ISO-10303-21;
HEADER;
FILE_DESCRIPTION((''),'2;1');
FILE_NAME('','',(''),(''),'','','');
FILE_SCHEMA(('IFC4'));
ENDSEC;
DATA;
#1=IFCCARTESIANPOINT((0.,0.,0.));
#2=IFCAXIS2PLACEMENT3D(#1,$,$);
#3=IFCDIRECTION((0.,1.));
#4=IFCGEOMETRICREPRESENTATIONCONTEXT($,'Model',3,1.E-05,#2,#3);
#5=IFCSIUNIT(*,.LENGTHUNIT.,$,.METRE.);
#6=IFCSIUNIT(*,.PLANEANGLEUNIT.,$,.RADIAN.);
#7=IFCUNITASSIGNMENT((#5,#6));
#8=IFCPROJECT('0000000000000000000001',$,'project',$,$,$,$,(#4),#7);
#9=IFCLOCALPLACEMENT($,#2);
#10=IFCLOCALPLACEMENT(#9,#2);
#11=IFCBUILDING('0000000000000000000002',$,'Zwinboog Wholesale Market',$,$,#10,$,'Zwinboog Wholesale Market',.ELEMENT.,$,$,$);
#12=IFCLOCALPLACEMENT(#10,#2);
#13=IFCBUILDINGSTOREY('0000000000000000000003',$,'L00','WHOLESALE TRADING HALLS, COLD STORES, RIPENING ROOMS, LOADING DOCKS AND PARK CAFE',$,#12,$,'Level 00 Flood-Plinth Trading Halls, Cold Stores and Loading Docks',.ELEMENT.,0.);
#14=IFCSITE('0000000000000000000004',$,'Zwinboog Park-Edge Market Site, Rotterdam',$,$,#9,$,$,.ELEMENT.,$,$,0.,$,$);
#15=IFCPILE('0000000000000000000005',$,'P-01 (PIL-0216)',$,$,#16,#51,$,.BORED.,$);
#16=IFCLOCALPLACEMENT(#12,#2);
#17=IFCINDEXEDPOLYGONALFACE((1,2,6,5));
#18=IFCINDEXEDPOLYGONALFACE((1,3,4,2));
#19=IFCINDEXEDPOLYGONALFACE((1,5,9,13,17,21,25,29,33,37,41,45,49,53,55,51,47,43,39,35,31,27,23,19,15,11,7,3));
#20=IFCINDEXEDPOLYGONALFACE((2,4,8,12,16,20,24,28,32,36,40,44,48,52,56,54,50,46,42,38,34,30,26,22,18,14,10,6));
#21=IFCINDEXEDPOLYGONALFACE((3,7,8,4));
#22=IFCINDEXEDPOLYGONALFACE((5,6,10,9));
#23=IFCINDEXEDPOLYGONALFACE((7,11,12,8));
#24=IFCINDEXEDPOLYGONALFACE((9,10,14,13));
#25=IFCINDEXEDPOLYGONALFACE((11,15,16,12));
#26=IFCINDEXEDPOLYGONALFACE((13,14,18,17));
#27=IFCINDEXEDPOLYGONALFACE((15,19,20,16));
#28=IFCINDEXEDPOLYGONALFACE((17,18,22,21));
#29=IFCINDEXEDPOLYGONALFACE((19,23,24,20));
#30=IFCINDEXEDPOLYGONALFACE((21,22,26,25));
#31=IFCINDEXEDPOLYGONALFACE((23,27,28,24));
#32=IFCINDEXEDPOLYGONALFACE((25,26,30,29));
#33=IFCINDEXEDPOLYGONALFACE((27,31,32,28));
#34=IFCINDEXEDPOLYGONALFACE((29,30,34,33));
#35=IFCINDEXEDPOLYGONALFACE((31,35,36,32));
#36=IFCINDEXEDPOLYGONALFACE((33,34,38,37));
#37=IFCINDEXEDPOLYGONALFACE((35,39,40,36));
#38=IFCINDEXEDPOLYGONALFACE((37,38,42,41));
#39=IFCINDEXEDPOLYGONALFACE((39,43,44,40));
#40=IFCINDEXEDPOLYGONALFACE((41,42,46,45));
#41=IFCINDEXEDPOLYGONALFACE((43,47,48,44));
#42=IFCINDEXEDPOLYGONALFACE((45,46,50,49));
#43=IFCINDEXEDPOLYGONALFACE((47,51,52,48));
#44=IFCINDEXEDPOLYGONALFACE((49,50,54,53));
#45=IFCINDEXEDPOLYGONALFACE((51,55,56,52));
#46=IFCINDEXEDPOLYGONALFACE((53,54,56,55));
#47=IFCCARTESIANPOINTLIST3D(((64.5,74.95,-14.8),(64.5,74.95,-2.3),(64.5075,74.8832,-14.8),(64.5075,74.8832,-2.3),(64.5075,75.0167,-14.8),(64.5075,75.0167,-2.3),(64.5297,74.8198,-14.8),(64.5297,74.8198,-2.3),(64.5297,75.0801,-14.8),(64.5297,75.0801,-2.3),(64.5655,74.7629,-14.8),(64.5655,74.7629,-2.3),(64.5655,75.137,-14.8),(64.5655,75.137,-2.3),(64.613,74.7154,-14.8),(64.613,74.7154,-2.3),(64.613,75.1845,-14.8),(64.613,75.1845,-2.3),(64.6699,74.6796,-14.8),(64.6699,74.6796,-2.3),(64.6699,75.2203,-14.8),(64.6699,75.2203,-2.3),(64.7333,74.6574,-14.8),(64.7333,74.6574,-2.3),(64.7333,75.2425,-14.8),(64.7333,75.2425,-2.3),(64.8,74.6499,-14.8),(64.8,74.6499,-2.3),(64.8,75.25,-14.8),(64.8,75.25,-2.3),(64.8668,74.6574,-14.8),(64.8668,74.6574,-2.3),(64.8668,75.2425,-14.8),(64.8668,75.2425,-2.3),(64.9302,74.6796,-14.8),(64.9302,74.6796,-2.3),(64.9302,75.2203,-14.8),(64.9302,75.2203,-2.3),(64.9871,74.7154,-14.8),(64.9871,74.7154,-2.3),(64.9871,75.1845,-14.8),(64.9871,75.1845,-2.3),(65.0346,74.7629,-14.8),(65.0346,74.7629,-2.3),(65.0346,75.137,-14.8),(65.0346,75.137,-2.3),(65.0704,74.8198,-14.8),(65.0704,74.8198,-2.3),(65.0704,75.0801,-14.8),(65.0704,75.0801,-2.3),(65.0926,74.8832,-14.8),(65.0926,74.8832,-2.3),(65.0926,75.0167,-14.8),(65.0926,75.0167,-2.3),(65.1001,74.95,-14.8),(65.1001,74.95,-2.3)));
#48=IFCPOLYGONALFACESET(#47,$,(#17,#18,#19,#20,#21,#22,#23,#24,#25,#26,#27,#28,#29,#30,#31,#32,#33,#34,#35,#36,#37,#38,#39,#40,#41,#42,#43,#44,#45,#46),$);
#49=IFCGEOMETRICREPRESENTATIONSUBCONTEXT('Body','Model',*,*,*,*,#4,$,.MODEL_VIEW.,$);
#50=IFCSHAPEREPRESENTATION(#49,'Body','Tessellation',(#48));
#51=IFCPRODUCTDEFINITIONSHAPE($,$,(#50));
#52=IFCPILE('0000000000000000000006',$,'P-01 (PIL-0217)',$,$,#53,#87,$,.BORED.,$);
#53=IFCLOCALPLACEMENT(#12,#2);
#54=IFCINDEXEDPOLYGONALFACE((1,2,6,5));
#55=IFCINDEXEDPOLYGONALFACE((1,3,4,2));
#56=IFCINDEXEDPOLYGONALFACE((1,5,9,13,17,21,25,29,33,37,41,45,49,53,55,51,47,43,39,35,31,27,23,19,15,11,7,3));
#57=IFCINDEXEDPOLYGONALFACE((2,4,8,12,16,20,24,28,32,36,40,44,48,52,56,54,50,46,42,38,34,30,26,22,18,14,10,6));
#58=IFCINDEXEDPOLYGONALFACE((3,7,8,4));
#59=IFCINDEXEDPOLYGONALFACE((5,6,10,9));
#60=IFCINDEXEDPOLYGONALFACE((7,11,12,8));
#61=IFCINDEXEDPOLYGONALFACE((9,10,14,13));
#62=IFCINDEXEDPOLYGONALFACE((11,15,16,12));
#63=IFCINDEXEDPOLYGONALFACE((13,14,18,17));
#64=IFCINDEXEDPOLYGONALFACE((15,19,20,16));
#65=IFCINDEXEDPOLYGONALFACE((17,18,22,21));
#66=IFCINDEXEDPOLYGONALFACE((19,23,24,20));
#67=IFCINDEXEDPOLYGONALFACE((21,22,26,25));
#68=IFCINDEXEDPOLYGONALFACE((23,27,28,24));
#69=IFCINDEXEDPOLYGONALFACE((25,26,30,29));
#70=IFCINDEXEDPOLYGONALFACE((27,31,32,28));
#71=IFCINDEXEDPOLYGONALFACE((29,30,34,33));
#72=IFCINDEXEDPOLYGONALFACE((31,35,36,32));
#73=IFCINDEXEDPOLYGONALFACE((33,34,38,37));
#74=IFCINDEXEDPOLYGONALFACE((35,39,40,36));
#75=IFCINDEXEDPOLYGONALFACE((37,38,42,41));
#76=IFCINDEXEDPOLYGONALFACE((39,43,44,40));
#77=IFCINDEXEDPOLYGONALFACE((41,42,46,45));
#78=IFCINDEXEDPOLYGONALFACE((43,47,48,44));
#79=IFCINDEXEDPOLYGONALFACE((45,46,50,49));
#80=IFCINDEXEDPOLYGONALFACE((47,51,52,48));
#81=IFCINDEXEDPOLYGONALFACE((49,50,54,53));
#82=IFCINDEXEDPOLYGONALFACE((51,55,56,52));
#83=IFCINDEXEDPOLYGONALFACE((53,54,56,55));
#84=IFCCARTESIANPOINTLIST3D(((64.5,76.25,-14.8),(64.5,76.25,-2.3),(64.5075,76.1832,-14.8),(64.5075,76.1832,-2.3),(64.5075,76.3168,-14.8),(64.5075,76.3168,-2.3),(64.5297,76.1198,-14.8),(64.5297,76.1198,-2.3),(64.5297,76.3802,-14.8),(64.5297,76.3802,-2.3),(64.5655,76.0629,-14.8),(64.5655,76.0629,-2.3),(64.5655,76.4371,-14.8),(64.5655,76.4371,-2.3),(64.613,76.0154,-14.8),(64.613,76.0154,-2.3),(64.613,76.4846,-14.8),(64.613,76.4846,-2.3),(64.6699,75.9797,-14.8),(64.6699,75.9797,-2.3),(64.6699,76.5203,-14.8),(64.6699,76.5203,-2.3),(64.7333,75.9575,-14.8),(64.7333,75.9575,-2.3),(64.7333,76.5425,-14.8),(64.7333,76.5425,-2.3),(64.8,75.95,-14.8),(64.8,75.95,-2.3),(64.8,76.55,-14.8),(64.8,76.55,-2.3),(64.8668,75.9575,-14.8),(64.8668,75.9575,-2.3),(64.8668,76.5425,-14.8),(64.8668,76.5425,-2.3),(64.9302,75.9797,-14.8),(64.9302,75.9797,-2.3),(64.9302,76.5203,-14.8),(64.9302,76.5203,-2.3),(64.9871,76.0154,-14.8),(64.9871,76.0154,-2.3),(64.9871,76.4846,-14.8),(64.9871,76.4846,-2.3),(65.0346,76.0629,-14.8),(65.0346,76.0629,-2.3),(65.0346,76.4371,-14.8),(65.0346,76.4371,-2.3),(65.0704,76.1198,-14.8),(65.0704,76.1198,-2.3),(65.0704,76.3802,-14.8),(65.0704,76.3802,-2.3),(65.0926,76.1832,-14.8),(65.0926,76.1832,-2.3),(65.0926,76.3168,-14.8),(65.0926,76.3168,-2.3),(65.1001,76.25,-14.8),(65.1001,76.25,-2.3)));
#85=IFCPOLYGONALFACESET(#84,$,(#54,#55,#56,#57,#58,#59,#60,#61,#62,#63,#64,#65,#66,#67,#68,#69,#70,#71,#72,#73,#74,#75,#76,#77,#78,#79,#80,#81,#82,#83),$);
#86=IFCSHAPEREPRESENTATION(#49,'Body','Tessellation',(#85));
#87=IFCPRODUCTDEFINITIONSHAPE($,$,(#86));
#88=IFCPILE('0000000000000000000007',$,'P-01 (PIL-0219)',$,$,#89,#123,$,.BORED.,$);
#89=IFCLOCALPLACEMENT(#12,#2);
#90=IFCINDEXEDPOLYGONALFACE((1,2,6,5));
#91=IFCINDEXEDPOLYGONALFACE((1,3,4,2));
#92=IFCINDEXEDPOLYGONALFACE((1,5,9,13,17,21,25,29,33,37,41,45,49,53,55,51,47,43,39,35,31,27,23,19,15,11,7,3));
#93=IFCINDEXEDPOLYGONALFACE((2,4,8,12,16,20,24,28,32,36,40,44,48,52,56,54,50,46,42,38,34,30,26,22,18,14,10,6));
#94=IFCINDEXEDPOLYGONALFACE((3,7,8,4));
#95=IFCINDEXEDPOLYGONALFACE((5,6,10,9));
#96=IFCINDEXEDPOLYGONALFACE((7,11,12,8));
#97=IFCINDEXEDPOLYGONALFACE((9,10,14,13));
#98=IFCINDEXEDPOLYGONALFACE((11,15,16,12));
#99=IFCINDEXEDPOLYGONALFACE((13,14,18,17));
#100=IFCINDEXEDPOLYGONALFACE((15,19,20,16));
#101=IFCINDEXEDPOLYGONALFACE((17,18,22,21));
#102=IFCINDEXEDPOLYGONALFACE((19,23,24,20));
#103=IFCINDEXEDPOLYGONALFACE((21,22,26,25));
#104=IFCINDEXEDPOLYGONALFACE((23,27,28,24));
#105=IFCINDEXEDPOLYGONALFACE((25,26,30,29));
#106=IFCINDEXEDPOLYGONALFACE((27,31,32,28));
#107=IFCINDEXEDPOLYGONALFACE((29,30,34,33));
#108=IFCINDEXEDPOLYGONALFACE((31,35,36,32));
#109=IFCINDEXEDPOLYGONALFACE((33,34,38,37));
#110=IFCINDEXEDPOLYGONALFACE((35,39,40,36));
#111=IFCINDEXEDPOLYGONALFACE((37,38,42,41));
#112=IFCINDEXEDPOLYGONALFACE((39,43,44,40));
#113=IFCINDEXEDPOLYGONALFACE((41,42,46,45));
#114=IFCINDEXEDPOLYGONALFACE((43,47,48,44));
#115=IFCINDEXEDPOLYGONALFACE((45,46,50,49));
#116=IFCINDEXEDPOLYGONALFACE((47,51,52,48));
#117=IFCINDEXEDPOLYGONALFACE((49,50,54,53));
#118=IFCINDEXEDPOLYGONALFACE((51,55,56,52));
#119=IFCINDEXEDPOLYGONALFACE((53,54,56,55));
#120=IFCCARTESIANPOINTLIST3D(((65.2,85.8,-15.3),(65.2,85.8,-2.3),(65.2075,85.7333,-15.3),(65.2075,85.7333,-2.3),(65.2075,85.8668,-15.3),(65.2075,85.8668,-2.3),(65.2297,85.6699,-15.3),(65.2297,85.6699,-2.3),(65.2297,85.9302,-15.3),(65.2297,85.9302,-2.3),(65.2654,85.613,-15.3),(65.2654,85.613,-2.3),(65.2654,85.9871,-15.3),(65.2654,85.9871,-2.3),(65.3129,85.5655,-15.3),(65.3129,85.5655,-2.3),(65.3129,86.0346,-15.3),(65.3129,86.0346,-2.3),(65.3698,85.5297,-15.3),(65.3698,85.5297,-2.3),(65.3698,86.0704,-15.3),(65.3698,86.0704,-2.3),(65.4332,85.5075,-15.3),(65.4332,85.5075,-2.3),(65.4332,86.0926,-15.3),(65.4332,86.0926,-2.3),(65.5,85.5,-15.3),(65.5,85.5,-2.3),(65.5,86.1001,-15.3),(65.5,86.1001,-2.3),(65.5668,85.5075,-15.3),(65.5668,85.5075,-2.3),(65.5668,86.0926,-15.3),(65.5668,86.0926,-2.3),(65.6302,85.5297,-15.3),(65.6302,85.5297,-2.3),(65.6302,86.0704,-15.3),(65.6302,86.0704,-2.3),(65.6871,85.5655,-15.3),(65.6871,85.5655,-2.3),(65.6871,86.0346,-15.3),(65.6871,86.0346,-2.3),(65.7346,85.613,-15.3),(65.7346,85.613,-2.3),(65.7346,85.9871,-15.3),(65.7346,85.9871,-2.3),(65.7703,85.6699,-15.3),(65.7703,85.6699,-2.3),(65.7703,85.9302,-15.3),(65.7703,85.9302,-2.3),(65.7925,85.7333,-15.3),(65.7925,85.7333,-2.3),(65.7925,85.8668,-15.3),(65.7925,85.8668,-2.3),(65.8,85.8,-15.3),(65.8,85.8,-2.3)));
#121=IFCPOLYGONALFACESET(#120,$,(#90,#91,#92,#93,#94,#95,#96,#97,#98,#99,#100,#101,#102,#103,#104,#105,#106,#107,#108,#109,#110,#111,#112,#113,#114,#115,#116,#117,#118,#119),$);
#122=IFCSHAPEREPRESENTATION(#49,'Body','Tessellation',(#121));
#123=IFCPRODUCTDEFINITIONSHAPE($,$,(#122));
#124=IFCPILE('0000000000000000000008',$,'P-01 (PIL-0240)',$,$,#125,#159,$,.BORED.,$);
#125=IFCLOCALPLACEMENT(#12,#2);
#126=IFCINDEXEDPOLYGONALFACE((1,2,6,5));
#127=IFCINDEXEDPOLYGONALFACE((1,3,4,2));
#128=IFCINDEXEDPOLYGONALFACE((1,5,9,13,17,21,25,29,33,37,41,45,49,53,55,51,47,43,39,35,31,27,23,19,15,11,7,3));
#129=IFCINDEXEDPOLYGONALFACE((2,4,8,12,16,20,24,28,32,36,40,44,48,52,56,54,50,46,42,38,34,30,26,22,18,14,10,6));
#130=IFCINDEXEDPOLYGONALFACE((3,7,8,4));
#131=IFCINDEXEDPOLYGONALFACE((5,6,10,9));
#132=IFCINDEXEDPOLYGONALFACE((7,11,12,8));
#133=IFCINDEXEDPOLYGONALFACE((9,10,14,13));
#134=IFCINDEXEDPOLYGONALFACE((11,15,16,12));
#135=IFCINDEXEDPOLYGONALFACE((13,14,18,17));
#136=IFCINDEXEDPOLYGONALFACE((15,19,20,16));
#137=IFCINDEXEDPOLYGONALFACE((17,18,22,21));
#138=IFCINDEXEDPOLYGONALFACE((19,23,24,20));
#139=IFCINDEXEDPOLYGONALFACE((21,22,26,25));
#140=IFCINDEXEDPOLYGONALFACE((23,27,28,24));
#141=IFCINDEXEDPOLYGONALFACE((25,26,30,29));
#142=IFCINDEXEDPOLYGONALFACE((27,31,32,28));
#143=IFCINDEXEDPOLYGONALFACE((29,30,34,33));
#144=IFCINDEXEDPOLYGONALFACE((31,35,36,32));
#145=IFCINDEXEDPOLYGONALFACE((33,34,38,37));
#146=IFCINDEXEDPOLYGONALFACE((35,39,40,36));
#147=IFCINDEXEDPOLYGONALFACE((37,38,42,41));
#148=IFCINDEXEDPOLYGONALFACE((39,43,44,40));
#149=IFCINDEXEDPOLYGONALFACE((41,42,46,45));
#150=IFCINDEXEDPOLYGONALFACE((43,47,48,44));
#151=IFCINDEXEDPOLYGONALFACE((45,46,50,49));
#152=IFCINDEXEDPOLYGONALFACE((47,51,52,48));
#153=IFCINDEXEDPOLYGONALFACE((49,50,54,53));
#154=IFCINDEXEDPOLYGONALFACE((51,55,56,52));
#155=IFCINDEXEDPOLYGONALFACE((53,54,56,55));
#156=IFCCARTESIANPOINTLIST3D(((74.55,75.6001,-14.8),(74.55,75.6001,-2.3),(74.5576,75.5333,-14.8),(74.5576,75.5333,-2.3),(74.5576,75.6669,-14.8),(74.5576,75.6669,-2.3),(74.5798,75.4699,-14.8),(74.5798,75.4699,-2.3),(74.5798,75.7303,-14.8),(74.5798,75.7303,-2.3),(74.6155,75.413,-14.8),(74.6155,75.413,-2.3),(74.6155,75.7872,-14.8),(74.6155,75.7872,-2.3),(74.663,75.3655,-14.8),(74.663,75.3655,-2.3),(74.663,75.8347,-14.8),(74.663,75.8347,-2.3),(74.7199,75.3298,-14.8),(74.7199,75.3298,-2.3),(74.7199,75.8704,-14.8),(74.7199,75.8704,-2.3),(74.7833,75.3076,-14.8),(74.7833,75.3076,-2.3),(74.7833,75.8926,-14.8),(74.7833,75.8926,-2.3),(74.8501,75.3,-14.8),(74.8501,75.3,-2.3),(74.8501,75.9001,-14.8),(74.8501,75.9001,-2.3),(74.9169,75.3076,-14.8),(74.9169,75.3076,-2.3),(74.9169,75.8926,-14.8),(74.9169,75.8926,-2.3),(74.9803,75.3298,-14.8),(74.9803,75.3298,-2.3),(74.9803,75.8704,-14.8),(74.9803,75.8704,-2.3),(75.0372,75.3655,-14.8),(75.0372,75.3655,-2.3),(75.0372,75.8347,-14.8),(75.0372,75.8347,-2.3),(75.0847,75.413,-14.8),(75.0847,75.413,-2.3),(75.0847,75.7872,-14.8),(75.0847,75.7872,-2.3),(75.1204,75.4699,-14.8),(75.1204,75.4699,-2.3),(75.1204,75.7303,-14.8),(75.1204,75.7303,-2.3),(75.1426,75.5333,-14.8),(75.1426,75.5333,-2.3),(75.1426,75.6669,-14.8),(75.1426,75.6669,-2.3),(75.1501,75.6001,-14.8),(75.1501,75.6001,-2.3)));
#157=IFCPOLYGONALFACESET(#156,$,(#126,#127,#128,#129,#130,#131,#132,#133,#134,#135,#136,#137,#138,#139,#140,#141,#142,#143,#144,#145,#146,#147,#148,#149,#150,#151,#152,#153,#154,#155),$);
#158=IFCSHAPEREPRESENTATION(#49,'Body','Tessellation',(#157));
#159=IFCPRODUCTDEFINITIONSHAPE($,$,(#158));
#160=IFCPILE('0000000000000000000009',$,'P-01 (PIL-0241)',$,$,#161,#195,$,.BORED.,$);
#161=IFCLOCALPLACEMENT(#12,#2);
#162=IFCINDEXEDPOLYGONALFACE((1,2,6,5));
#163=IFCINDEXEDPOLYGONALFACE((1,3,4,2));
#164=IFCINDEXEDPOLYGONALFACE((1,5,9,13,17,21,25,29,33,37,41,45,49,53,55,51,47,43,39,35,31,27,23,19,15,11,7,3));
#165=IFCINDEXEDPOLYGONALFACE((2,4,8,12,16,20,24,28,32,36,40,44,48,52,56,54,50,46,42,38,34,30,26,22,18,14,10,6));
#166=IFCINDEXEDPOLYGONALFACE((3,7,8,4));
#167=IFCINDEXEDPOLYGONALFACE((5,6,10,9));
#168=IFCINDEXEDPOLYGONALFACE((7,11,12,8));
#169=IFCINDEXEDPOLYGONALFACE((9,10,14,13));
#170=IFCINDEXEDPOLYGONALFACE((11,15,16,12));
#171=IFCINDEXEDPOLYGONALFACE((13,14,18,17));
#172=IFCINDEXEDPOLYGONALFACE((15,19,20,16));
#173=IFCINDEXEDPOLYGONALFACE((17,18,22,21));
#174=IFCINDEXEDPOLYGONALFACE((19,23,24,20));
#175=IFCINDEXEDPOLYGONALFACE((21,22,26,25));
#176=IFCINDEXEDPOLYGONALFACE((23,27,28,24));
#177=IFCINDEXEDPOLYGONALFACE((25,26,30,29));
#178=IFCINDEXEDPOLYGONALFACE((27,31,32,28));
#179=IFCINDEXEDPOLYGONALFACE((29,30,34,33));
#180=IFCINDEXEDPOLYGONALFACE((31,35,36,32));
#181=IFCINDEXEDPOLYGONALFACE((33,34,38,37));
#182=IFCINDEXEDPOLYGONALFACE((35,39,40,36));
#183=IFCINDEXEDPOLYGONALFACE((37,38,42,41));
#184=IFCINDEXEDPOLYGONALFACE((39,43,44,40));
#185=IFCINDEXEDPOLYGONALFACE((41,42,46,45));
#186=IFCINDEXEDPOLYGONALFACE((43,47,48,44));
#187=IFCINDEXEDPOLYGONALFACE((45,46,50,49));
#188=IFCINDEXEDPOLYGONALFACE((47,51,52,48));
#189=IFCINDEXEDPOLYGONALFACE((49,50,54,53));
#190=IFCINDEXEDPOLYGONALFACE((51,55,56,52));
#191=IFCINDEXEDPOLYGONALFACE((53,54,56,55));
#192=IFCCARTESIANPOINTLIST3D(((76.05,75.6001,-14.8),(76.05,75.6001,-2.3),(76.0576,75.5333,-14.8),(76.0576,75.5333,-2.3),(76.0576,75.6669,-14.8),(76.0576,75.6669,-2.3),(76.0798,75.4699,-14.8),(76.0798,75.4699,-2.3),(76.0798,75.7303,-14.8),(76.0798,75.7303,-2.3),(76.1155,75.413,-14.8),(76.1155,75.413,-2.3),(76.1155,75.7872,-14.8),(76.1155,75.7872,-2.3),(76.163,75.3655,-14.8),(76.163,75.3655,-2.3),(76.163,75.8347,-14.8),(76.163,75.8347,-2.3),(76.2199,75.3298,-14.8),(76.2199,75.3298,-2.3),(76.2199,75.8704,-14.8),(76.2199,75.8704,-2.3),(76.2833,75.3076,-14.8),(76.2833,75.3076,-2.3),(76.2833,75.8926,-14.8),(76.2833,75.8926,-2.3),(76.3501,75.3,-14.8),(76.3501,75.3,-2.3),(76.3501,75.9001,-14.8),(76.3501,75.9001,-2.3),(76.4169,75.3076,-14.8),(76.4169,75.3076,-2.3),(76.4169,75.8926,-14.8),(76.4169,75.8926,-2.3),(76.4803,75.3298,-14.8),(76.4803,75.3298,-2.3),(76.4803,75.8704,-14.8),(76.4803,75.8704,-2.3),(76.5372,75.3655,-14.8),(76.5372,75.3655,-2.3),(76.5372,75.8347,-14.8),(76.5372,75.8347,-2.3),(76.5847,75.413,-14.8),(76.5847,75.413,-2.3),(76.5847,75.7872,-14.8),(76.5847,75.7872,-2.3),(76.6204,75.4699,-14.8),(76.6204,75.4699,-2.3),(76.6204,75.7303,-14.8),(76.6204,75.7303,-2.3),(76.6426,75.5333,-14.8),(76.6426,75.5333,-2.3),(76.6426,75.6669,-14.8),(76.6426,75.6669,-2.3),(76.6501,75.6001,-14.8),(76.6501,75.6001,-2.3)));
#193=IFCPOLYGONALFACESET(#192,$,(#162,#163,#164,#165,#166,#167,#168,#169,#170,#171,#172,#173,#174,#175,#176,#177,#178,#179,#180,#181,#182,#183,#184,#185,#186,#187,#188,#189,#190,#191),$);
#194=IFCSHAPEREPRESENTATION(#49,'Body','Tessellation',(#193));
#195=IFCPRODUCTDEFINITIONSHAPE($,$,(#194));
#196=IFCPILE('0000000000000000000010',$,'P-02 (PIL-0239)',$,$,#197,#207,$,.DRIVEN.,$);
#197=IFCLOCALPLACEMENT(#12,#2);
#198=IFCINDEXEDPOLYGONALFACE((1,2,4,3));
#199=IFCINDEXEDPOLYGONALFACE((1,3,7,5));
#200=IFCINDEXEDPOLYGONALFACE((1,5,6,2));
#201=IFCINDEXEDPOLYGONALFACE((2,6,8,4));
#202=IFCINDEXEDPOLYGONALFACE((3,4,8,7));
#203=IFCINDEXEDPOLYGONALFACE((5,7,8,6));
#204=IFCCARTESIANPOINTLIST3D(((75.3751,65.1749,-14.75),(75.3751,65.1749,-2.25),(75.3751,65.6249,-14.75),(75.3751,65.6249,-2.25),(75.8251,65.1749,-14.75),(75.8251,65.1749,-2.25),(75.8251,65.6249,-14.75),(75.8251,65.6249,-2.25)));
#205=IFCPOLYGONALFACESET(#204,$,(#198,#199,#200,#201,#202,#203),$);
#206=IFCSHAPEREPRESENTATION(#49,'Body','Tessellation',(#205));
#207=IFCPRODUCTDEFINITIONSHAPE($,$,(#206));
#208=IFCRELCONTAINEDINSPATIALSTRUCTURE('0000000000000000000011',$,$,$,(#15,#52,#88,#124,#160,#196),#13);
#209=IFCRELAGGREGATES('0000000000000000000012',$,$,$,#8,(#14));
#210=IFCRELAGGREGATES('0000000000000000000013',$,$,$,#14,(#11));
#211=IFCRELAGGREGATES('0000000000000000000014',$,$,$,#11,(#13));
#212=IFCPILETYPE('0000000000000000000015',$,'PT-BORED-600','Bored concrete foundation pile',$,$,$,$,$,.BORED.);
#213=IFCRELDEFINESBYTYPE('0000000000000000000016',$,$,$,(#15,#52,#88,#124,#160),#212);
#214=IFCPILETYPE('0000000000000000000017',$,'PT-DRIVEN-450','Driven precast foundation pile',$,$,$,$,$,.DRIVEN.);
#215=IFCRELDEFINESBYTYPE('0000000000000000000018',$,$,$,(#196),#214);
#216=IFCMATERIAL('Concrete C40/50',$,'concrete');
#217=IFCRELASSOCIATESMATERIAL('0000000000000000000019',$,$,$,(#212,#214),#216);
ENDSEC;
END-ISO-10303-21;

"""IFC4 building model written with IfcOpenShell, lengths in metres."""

from ifc_helpers import new_model, si_unit, direction, frame, origin, origin_2d, place, context, subcontext, project, spatial, rectangle, circle, extrude, material, material_profile, profile_set, type_object, element, save


model = new_model("IFC4")

# Units and contexts
model_context = context("Model", 3, precision=1e-05, world=origin(), true_north=direction((0.0, 1.0)))
body_context = subcontext(model_context, "Body", "Model", "MODEL_VIEW")
ifc_project = project(units=[si_unit("LENGTHUNIT", "METRE"), si_unit("PLANEANGLEUNIT", "RADIAN")], contexts=[model_context])

# Site, building, storey
site_placement = place(None, origin())
site = spatial("IfcSite", under=ifc_project, at=site_placement, Name="Zwinboog Park-Edge Market Site, Rotterdam", CompositionType="ELEMENT", RefElevation=0.0)
building_placement = place(site_placement, origin())
building = spatial("IfcBuilding", under=site, at=building_placement, Name="Zwinboog Wholesale Market", LongName="Zwinboog Wholesale Market", CompositionType="ELEMENT")
storey_placement = place(building_placement, origin())
storey = spatial("IfcBuildingStorey", under=building, at=storey_placement, Name="L00", Description="WHOLESALE TRADING HALLS, COLD STORES, RIPENING ROOMS, LOADING DOCKS AND PARK CAFE", LongName="Level 00 Flood-Plinth Trading Halls, Cold Stores and Loading Docks", CompositionType="ELEMENT", Elevation=0.0)

# Piles
ifc_material_1 = material(Name="Concrete C40/50", Category="concrete")
ifc_material_profile_1 = material_profile(ifc_material_1, circle(Radius=0.3, at=origin_2d()), Name="PILE D600")
ifc_profile_set_1 = profile_set([ifc_material_profile_1], Name="Concrete C40/50")
pile_type_1 = type_object("IfcPileType", Name="PT-BORED-600", Description="Bored concrete foundation pile", PredefinedType="BORED", material=ifc_profile_set_1)
for number, where, z_axis, x_axis, name in (
    (1, (64.8, 74.95, -2.3), (0.0, 0.0, -1.0), (1.0, 0.0, 0.0), "P-01 (PIL-0216)"),
    (2, (64.8, 76.25, -2.3), (0.0, 0.0, -1.0), (1.0, 0.0, 0.0), "P-01 (PIL-0217)"),
):
    element("IfcPile", number, at=place(storey_placement, frame(where, z_axis=z_axis, x_axis=x_axis)), inside=storey, type_object=pile_type_1, Name=name, PredefinedType="BORED", context=body_context, shape_type="SweptSolid", body=[
        extrude(circle(Radius=0.3, at=origin_2d()), origin(), (0.0, 0.0, 1.0), 12.5),
    ])
pile_1_placement = place(storey_placement, frame((65.5, 85.8, -2.3), z_axis=(0.0, 0.0, -1.0), x_axis=(1.0, 0.0, 0.0)))
element("IfcPile", 3, at=pile_1_placement, inside=storey, type_object=pile_type_1, Name="P-01 (PIL-0219)", PredefinedType="BORED", context=body_context, shape_type="SweptSolid", body=[
    extrude(circle(Radius=0.3, at=origin_2d()), origin(), (0.0, 0.0, 1.0), 13.0),
])
for number, where, z_axis, x_axis, name in (
    (4, (74.8501, 75.6001, -2.3), (0.0, 0.0, -1.0), (1.0, 0.0, 0.0), "P-01 (PIL-0240)"),
    (5, (76.3501, 75.6001, -2.3), (0.0, 0.0, -1.0), (1.0, 0.0, 0.0), "P-01 (PIL-0241)"),
):
    element("IfcPile", number, at=place(storey_placement, frame(where, z_axis=z_axis, x_axis=x_axis)), inside=storey, type_object=pile_type_1, Name=name, PredefinedType="BORED", context=body_context, shape_type="SweptSolid", body=[
        extrude(circle(Radius=0.3, at=origin_2d()), origin(), (0.0, 0.0, 1.0), 12.5),
    ])
ifc_material_profile_2 = material_profile(ifc_material_1, rectangle(XDim=0.45, YDim=0.45, at=origin_2d()), Name="PILE SQ450")
ifc_profile_set_2 = profile_set([ifc_material_profile_2], Name="Concrete C40/50")
pile_type_2 = type_object("IfcPileType", Name="PT-DRIVEN-450", Description="Driven precast foundation pile", PredefinedType="DRIVEN", material=ifc_profile_set_2)
pile_2_placement = place(storey_placement, frame((75.6001, 65.3999, -2.25), z_axis=(0.0, 0.0, -1.0), x_axis=(1.0, 0.0, 0.0)))
element("IfcPile", 6, at=pile_2_placement, inside=storey, type_object=pile_type_2, Name="P-02 (PIL-0239)", PredefinedType="DRIVEN", context=body_context, shape_type="SweptSolid", body=[
    extrude(rectangle(XDim=0.45, YDim=0.45, at=origin_2d()), origin(), (0.0, 0.0, 1.0), 12.5),
])

save(model, "model.ifc")
